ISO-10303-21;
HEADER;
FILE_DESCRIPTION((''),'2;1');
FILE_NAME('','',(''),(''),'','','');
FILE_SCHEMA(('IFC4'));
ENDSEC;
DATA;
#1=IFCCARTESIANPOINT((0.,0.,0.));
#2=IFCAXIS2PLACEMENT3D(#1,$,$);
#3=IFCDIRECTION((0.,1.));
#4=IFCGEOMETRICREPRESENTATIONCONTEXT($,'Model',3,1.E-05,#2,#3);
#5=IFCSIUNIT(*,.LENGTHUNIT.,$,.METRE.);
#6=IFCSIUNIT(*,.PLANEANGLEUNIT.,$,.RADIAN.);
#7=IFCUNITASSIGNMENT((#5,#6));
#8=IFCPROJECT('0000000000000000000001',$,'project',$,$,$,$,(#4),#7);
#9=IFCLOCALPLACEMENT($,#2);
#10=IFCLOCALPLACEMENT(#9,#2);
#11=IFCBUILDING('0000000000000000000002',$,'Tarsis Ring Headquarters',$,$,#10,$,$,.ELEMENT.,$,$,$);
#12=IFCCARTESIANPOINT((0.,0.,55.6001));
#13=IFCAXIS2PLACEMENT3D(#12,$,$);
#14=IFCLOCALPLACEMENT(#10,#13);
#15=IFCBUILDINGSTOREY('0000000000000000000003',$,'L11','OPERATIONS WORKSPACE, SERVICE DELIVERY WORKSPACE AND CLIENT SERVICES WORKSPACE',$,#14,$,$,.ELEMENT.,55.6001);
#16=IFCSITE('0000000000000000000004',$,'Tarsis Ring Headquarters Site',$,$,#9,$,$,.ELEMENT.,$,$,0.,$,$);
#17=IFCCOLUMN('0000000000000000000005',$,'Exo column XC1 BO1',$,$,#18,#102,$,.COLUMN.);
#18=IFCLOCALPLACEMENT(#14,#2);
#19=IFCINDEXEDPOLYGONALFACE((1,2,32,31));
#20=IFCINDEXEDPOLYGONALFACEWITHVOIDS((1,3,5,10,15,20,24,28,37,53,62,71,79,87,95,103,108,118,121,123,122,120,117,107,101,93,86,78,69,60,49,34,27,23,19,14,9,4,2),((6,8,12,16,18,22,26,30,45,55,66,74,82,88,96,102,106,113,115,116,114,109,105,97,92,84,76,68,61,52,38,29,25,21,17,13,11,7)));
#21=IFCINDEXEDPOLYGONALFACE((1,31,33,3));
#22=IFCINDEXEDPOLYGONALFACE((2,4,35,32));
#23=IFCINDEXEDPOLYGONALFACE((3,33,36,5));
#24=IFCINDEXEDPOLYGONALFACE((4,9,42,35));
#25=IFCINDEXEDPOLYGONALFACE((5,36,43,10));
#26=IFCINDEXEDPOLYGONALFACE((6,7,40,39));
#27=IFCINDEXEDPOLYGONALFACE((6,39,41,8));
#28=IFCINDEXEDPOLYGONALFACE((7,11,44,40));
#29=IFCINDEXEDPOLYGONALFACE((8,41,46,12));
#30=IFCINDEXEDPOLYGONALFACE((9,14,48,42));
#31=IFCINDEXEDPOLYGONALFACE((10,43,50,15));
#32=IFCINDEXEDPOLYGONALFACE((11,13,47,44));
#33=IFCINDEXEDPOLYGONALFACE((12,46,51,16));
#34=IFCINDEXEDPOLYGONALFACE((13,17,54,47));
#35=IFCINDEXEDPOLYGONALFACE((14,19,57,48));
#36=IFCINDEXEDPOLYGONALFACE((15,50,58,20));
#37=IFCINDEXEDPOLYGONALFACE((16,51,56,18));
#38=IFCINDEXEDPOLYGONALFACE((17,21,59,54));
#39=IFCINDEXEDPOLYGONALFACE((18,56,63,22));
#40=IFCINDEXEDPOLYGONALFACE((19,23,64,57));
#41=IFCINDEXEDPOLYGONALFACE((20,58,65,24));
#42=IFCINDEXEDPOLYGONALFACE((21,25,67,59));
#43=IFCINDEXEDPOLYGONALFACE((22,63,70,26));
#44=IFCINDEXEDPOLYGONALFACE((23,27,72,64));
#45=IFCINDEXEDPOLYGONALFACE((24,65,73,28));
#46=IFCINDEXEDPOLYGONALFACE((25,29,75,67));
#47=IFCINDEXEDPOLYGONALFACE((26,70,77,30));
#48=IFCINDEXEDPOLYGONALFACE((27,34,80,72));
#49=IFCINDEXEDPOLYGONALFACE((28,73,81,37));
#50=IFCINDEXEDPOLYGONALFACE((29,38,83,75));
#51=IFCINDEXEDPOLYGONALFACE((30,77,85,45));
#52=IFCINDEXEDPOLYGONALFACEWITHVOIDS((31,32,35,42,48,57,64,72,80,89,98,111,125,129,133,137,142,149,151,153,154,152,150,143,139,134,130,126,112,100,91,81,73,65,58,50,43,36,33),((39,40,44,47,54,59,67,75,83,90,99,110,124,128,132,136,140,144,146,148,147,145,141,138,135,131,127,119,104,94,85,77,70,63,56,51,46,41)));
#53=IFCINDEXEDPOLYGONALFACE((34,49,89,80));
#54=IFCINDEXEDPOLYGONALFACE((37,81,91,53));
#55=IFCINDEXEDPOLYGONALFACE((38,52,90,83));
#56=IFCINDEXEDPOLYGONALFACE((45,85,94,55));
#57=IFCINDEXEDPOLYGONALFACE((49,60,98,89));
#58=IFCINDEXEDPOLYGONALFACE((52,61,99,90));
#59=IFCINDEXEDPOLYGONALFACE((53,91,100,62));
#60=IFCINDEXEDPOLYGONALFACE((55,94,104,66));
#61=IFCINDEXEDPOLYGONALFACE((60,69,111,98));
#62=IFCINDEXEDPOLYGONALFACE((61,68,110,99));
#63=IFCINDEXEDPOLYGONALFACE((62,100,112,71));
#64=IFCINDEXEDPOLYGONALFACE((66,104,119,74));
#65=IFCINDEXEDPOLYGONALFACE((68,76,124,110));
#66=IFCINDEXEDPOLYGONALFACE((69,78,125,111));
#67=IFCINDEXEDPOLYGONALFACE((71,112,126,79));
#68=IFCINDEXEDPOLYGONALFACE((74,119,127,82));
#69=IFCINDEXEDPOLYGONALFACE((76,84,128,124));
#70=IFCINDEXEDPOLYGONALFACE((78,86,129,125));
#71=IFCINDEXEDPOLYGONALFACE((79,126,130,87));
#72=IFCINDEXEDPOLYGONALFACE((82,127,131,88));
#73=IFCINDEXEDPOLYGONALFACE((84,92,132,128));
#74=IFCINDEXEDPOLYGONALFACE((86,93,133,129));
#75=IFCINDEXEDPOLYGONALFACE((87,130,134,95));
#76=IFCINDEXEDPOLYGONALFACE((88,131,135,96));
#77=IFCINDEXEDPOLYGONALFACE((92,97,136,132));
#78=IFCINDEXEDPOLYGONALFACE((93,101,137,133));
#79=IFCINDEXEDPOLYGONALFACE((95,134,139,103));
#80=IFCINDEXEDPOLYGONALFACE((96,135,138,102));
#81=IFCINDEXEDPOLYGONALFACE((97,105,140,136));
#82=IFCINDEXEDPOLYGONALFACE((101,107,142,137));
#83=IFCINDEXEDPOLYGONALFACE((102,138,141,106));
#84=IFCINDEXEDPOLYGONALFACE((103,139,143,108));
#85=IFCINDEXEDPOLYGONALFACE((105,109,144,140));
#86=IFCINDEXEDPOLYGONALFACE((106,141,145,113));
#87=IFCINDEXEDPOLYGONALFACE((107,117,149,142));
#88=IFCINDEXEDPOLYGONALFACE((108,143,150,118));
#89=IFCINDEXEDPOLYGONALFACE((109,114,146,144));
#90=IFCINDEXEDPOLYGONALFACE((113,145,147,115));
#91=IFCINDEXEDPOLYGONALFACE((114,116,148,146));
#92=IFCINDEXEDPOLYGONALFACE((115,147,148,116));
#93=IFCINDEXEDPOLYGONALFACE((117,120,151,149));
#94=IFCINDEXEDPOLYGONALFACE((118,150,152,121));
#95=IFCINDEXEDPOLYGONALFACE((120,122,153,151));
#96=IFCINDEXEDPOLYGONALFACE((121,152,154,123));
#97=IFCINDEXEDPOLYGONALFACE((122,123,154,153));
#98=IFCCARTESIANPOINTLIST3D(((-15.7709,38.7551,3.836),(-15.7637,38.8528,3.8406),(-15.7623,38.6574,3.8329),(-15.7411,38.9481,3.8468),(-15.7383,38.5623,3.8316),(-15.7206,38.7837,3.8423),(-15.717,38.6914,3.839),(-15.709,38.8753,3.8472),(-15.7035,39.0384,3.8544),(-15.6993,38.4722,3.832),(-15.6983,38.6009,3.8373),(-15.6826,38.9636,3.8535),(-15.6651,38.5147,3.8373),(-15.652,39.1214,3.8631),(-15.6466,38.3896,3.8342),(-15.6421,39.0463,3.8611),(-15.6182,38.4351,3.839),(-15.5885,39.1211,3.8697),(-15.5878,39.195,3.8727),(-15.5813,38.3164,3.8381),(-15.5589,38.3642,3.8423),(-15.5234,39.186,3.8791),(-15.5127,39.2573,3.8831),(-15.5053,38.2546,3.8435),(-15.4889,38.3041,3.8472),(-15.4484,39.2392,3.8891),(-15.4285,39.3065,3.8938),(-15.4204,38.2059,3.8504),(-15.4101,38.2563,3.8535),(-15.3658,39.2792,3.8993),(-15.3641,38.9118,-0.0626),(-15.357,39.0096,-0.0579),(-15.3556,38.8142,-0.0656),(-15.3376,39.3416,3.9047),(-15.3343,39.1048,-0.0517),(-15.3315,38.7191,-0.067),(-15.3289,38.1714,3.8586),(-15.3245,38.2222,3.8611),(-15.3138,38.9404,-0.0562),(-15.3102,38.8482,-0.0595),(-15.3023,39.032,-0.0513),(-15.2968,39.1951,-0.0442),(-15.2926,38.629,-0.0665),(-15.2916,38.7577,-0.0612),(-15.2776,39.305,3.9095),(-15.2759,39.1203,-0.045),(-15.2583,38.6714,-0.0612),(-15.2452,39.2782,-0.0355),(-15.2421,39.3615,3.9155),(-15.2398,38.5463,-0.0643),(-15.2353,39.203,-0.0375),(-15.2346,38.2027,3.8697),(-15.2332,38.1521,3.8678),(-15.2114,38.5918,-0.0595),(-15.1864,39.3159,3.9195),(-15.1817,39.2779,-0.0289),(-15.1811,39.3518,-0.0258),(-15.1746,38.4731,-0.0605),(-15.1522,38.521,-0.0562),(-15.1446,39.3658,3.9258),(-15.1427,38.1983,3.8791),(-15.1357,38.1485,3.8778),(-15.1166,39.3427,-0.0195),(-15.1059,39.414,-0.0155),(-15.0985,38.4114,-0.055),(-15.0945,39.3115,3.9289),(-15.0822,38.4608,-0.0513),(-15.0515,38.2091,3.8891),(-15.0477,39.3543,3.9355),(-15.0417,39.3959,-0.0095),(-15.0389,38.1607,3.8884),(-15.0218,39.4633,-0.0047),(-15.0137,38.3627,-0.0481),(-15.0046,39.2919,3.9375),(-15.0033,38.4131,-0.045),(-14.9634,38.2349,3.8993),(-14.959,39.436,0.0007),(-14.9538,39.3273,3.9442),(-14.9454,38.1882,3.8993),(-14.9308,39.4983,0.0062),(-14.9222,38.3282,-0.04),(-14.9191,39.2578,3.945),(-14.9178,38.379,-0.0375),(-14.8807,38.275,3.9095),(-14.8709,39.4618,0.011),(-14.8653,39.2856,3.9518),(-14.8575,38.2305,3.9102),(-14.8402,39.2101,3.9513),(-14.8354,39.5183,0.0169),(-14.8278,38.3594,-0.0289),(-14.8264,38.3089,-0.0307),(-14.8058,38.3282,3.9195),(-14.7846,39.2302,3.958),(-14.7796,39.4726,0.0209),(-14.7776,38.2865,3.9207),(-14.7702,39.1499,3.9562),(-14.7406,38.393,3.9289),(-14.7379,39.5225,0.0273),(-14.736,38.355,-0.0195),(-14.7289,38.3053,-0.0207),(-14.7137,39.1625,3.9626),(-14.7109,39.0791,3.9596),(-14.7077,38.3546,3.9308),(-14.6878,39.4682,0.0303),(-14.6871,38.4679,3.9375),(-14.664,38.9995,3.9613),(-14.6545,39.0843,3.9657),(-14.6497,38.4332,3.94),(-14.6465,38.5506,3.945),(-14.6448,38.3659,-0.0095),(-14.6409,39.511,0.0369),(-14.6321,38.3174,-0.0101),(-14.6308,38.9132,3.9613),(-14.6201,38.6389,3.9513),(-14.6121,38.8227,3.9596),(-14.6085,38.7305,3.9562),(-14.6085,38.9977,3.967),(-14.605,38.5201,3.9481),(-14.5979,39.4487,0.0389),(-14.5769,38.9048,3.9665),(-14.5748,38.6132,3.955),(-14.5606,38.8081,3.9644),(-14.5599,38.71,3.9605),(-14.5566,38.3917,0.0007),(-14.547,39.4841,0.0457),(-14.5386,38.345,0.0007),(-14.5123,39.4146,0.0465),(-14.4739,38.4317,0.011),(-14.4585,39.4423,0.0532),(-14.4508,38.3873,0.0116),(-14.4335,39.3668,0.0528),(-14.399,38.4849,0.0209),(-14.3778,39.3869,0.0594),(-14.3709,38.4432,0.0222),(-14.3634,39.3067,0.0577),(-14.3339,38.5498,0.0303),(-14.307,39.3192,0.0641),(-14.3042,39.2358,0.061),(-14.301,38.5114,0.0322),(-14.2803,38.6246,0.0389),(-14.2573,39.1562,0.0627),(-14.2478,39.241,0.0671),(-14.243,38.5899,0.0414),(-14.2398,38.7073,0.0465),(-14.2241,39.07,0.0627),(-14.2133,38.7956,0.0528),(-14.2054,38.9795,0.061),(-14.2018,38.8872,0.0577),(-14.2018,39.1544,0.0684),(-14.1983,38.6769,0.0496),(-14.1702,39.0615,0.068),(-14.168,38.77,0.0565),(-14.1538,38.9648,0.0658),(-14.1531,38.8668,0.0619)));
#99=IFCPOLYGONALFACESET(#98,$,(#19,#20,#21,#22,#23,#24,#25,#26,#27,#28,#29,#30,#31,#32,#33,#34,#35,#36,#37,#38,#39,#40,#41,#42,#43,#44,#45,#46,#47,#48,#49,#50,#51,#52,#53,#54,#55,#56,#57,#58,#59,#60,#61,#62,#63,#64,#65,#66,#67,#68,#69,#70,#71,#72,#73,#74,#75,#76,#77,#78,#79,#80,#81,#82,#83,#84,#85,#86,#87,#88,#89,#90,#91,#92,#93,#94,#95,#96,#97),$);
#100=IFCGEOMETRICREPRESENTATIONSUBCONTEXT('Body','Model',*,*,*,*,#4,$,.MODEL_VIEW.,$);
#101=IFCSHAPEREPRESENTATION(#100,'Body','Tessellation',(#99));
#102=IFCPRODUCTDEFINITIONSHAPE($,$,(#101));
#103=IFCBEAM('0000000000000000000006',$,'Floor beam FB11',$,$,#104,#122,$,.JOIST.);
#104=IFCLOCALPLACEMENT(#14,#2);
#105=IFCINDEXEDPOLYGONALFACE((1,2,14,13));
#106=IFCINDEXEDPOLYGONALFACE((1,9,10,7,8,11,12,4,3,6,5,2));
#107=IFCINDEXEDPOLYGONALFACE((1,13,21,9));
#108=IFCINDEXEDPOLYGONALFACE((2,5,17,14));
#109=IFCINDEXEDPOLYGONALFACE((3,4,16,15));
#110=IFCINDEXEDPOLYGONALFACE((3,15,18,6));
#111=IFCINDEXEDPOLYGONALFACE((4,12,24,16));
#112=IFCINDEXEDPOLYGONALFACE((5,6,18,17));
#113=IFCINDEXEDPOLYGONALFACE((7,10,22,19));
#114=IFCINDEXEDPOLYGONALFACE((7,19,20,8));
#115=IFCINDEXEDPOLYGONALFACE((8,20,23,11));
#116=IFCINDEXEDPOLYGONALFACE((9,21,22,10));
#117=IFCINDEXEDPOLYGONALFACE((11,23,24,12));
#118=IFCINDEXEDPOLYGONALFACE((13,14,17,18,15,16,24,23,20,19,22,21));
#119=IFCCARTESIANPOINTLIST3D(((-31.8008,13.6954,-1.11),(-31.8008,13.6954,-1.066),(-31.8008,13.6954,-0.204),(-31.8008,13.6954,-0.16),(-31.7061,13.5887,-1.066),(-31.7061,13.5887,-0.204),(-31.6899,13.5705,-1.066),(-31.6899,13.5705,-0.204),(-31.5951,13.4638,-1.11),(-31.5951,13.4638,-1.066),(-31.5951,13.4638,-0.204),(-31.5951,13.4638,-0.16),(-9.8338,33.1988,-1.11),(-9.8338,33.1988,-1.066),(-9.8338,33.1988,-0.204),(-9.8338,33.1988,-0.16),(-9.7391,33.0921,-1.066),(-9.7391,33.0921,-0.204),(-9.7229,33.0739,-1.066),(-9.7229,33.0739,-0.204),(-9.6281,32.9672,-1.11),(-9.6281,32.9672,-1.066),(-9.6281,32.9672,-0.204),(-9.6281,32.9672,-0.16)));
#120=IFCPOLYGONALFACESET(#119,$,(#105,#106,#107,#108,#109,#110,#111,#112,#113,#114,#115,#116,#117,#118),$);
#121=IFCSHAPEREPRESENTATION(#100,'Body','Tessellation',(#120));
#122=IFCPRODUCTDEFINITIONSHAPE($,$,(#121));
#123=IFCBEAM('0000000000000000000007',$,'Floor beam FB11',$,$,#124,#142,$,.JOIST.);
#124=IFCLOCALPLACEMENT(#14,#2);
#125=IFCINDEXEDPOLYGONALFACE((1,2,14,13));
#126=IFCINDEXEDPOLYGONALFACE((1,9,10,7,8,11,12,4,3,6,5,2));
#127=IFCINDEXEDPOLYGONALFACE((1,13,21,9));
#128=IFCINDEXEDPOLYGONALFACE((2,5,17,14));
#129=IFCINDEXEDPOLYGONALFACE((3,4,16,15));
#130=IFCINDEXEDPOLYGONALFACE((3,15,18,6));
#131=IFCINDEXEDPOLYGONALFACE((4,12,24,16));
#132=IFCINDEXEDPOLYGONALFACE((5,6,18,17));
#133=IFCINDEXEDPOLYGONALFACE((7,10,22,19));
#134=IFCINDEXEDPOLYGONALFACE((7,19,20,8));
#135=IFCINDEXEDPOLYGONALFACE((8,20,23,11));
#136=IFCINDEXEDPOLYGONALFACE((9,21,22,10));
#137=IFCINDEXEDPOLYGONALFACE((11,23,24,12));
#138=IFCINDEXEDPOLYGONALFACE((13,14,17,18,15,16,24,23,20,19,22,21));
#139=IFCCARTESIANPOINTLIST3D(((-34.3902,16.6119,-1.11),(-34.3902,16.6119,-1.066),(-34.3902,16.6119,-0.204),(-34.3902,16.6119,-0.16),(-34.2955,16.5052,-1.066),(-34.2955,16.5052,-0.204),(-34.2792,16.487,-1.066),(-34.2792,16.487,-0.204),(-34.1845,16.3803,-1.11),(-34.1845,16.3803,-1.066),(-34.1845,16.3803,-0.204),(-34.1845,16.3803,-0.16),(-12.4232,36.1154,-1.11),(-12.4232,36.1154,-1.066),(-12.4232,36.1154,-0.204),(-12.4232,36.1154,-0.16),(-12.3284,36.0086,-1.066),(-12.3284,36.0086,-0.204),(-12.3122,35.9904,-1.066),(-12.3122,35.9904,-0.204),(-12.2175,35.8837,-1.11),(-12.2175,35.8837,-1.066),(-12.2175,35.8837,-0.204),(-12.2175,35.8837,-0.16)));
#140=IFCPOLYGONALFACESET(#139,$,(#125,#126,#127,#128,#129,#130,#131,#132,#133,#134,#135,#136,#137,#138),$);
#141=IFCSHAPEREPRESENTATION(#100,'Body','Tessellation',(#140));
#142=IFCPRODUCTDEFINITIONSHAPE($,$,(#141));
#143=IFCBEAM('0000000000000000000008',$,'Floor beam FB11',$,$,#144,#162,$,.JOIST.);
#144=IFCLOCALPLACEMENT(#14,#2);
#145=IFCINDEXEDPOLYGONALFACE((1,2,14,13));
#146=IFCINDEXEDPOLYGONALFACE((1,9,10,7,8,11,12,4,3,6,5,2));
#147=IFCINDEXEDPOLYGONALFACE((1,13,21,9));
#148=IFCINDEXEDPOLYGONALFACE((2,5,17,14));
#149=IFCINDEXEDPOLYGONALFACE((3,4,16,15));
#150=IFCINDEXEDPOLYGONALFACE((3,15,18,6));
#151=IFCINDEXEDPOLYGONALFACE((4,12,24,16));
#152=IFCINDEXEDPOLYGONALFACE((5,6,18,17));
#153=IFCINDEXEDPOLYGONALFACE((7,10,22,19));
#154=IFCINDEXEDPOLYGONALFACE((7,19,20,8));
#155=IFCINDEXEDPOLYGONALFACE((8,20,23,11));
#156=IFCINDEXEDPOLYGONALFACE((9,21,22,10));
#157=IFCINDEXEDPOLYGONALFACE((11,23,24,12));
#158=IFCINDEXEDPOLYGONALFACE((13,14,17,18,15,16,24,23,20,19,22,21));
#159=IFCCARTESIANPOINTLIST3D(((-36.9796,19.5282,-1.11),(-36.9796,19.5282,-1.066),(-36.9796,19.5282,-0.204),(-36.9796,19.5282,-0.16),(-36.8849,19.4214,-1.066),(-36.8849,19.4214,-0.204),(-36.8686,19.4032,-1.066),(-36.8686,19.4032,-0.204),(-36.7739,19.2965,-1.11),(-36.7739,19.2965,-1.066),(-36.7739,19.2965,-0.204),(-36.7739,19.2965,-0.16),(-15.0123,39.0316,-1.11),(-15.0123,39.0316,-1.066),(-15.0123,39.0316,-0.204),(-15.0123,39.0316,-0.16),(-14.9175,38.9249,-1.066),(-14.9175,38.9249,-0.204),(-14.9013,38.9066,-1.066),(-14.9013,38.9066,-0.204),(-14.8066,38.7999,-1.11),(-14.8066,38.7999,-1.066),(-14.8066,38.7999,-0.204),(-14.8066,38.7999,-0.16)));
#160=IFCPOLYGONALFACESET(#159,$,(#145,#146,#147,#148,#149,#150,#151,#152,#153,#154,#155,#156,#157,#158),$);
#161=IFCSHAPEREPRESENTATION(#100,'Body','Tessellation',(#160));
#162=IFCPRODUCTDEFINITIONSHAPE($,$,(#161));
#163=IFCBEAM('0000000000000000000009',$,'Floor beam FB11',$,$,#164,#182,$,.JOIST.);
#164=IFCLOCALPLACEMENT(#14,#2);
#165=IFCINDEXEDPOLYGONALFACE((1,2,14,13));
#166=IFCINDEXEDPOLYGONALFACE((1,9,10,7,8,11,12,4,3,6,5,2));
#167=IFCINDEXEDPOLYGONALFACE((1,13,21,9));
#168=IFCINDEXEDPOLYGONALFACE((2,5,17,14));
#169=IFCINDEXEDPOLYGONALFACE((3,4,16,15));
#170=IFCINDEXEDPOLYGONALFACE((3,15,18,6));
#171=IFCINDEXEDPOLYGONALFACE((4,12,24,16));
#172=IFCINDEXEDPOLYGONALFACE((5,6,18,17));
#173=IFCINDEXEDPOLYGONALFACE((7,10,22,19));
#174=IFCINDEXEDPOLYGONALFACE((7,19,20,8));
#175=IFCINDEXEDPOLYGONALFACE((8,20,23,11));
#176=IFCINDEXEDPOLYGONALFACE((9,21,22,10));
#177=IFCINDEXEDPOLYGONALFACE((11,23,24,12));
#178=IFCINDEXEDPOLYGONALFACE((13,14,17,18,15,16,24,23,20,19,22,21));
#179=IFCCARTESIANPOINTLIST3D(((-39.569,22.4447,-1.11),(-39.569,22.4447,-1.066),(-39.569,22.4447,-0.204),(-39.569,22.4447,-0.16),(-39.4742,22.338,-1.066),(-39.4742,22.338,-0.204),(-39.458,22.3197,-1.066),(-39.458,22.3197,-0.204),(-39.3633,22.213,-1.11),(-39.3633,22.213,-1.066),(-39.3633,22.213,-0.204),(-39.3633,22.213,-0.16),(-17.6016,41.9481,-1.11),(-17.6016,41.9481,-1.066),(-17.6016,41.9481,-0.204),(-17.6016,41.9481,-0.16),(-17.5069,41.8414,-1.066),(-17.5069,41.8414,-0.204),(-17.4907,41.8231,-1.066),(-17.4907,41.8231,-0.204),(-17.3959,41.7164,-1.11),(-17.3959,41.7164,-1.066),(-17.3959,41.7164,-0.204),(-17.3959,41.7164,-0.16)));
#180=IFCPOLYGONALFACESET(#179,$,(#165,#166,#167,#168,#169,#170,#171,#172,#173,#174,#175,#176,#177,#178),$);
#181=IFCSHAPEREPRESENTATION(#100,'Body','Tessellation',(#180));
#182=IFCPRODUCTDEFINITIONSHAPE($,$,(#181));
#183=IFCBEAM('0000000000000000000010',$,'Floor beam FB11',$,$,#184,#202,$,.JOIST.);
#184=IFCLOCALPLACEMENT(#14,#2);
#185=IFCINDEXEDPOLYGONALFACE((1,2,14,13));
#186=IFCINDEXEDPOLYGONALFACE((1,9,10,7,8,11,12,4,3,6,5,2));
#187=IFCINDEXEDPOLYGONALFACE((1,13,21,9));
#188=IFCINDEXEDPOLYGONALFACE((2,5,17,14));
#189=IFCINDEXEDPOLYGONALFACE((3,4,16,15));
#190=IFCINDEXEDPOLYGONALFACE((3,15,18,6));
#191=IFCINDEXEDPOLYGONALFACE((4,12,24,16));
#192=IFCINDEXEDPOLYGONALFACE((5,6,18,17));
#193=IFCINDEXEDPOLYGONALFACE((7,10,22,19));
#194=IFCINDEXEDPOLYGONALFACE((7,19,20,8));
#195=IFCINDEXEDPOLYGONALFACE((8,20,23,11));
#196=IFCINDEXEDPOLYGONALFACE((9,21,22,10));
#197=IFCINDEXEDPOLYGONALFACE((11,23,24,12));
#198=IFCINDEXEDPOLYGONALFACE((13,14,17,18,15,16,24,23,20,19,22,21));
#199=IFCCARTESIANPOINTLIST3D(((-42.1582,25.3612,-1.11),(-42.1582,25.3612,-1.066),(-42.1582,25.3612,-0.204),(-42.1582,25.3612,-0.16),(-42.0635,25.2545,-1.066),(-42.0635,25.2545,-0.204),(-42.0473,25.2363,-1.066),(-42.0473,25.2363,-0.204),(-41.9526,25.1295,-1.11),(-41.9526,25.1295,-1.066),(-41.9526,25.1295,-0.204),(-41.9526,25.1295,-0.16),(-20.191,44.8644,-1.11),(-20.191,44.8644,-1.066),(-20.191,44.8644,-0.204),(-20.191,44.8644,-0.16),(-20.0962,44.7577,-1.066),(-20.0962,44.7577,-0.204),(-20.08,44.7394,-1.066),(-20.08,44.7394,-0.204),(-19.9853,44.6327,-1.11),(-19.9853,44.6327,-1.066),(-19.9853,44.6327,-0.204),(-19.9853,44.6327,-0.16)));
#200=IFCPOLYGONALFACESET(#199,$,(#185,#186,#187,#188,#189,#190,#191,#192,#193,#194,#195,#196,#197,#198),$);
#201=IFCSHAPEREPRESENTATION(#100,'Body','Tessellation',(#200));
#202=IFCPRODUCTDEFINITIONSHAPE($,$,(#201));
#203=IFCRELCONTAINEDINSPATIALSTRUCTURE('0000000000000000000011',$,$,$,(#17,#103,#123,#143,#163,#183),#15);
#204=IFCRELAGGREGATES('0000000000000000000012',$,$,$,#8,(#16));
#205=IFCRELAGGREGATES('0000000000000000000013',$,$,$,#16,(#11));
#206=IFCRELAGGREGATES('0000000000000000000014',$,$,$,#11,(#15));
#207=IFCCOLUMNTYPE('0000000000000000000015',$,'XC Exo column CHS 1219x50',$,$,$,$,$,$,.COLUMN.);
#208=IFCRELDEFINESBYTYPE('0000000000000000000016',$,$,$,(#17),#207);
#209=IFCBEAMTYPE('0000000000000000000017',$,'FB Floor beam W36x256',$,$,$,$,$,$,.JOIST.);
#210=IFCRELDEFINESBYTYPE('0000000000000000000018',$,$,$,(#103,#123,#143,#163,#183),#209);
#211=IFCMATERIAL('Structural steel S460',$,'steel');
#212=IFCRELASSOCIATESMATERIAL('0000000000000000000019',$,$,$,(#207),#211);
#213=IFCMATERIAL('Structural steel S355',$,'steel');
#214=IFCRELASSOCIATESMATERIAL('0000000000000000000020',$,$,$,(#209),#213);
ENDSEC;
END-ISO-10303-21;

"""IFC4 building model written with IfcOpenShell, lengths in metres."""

from ifc_helpers import new_model, si_unit, direction, frame, origin, origin_2d, place, context, subcontext, project, spatial, hollow_circle, i_section, extrude, material, material_profile, profile_set, type_object, element, save


model = new_model("IFC4")

# Units and contexts
model_context = context("Model", 3, precision=1e-05, world=origin(), true_north=direction((0.0, 1.0)))
body_context = subcontext(model_context, "Body", "Model", "MODEL_VIEW")
ifc_project = project(units=[si_unit("LENGTHUNIT", "METRE"), si_unit("PLANEANGLEUNIT", "RADIAN")], contexts=[model_context])

# Site, building, storey
site_placement = place(None, origin())
site = spatial("IfcSite", under=ifc_project, at=site_placement, Name="Tarsis Ring Headquarters Site", CompositionType="ELEMENT", RefElevation=0.0)
building_placement = place(site_placement, origin())
building = spatial("IfcBuilding", under=site, at=building_placement, Name="Tarsis Ring Headquarters", CompositionType="ELEMENT")
storey_placement = place(building_placement, frame((0.0, 0.0, 55.6001)))
storey = spatial("IfcBuildingStorey", under=building, at=storey_placement, Name="L11", Description="OPERATIONS WORKSPACE, SERVICE DELIVERY WORKSPACE AND CLIENT SERVICES WORKSPACE", CompositionType="ELEMENT", Elevation=55.6001)

# Column
ifc_material_1 = material(Name="Structural steel S460", Category="steel")
ifc_material_profile_1 = material_profile(ifc_material_1, hollow_circle(Radius=0.6096, WallThickness=0.05, at=origin_2d()), Name="CHS 1219x50")
ifc_profile_set_1 = profile_set([ifc_material_profile_1], Name="Structural steel S460")
column_type = type_object("IfcColumnType", Name="XC Exo column CHS 1219x50", PredefinedType="COLUMN", material=ifc_profile_set_1)
column_placement = place(storey_placement, frame((-14.7578, 38.9138, 0.0007), z_axis=(-0.103688, -0.039956, 0.993807), x_axis=(0.35958, -0.933114, 0.0)))
element("IfcColumn", 1, at=column_placement, inside=storey, type_object=column_type, Name="Exo column XC1 BO1", PredefinedType="COLUMN", context=body_context, shape_type="SweptSolid", body=[
    extrude(hollow_circle(Radius=0.6096, WallThickness=0.05, at=origin_2d()), origin(), (0.0, 0.0, 1.0), 3.9229),
])

# Beams
ifc_material_2 = material(Name="Structural steel S355", Category="steel")
ifc_material_profile_2 = material_profile(ifc_material_2, i_section(OverallWidth=0.3098, OverallDepth=0.95, WebThickness=0.0244, FlangeThickness=0.0439, at=origin_2d()), Name="W36x256")
ifc_profile_set_2 = profile_set([ifc_material_profile_2], Name="Structural steel S355")
beam_type_1 = type_object("IfcBeamType", Name="FB Floor beam W36x256", PredefinedType="JOIST", material=ifc_profile_set_2)
for number, where, z_axis, x_axis, name in (
    (2, (-9.731, 33.083, -0.635), (-0.747795, -0.663929, 0.0), (0.663929, -0.747795, 0.0), "Floor beam FB11"),
    (3, (-12.3203, 35.9995, -0.635), (-0.747795, -0.663929, 0.0), (0.663929, -0.747795, 0.0), "Floor beam FB11"),
):
    element("IfcBeam", number, at=place(storey_placement, frame(where, z_axis=z_axis, x_axis=x_axis)), inside=storey, type_object=beam_type_1, Name=name, PredefinedType="JOIST", context=body_context, shape_type="SweptSolid", body=[
        extrude(i_section(OverallWidth=0.3098, OverallDepth=0.95, WebThickness=0.0244, FlangeThickness=0.0439, at=origin_2d()), origin(), (0.0, 0.0, 1.0), 29.3757),
    ])
for number, where, z_axis, x_axis, name in (
    (4, (-14.9094, 38.9158, -0.635), (-0.747799, -0.663925, 0.0), (0.663925, -0.747799, 0.0), "Floor beam FB11"),
    (5, (-17.4988, 41.8323, -0.635), (-0.747799, -0.663925, 0.0), (0.663925, -0.747799, 0.0), "Floor beam FB11"),
):
    element("IfcBeam", number, at=place(storey_placement, frame(where, z_axis=z_axis, x_axis=x_axis)), inside=storey, type_object=beam_type_1, Name=name, PredefinedType="JOIST", context=body_context, shape_type="SweptSolid", body=[
        extrude(i_section(OverallWidth=0.3098, OverallDepth=0.95, WebThickness=0.0244, FlangeThickness=0.0439, at=origin_2d()), origin(), (0.0, 0.0, 1.0), 29.376),
    ])
for number, where, z_axis, x_axis, name in (
    (6, (-20.0881, 44.7485, -0.635), (-0.747803, -0.663921, 0.0), (0.663921, -0.747803, 0.0), "Floor beam FB11"),
):
    element("IfcBeam", number, at=place(storey_placement, frame(where, z_axis=z_axis, x_axis=x_axis)), inside=storey, type_object=beam_type_1, Name=name, PredefinedType="JOIST", context=body_context, shape_type="SweptSolid", body=[
        extrude(i_section(OverallWidth=0.3098, OverallDepth=0.95, WebThickness=0.0244, FlangeThickness=0.0439, at=origin_2d()), origin(), (0.0, 0.0, 1.0), 29.3757),
    ])

save(model, "model.ifc")
